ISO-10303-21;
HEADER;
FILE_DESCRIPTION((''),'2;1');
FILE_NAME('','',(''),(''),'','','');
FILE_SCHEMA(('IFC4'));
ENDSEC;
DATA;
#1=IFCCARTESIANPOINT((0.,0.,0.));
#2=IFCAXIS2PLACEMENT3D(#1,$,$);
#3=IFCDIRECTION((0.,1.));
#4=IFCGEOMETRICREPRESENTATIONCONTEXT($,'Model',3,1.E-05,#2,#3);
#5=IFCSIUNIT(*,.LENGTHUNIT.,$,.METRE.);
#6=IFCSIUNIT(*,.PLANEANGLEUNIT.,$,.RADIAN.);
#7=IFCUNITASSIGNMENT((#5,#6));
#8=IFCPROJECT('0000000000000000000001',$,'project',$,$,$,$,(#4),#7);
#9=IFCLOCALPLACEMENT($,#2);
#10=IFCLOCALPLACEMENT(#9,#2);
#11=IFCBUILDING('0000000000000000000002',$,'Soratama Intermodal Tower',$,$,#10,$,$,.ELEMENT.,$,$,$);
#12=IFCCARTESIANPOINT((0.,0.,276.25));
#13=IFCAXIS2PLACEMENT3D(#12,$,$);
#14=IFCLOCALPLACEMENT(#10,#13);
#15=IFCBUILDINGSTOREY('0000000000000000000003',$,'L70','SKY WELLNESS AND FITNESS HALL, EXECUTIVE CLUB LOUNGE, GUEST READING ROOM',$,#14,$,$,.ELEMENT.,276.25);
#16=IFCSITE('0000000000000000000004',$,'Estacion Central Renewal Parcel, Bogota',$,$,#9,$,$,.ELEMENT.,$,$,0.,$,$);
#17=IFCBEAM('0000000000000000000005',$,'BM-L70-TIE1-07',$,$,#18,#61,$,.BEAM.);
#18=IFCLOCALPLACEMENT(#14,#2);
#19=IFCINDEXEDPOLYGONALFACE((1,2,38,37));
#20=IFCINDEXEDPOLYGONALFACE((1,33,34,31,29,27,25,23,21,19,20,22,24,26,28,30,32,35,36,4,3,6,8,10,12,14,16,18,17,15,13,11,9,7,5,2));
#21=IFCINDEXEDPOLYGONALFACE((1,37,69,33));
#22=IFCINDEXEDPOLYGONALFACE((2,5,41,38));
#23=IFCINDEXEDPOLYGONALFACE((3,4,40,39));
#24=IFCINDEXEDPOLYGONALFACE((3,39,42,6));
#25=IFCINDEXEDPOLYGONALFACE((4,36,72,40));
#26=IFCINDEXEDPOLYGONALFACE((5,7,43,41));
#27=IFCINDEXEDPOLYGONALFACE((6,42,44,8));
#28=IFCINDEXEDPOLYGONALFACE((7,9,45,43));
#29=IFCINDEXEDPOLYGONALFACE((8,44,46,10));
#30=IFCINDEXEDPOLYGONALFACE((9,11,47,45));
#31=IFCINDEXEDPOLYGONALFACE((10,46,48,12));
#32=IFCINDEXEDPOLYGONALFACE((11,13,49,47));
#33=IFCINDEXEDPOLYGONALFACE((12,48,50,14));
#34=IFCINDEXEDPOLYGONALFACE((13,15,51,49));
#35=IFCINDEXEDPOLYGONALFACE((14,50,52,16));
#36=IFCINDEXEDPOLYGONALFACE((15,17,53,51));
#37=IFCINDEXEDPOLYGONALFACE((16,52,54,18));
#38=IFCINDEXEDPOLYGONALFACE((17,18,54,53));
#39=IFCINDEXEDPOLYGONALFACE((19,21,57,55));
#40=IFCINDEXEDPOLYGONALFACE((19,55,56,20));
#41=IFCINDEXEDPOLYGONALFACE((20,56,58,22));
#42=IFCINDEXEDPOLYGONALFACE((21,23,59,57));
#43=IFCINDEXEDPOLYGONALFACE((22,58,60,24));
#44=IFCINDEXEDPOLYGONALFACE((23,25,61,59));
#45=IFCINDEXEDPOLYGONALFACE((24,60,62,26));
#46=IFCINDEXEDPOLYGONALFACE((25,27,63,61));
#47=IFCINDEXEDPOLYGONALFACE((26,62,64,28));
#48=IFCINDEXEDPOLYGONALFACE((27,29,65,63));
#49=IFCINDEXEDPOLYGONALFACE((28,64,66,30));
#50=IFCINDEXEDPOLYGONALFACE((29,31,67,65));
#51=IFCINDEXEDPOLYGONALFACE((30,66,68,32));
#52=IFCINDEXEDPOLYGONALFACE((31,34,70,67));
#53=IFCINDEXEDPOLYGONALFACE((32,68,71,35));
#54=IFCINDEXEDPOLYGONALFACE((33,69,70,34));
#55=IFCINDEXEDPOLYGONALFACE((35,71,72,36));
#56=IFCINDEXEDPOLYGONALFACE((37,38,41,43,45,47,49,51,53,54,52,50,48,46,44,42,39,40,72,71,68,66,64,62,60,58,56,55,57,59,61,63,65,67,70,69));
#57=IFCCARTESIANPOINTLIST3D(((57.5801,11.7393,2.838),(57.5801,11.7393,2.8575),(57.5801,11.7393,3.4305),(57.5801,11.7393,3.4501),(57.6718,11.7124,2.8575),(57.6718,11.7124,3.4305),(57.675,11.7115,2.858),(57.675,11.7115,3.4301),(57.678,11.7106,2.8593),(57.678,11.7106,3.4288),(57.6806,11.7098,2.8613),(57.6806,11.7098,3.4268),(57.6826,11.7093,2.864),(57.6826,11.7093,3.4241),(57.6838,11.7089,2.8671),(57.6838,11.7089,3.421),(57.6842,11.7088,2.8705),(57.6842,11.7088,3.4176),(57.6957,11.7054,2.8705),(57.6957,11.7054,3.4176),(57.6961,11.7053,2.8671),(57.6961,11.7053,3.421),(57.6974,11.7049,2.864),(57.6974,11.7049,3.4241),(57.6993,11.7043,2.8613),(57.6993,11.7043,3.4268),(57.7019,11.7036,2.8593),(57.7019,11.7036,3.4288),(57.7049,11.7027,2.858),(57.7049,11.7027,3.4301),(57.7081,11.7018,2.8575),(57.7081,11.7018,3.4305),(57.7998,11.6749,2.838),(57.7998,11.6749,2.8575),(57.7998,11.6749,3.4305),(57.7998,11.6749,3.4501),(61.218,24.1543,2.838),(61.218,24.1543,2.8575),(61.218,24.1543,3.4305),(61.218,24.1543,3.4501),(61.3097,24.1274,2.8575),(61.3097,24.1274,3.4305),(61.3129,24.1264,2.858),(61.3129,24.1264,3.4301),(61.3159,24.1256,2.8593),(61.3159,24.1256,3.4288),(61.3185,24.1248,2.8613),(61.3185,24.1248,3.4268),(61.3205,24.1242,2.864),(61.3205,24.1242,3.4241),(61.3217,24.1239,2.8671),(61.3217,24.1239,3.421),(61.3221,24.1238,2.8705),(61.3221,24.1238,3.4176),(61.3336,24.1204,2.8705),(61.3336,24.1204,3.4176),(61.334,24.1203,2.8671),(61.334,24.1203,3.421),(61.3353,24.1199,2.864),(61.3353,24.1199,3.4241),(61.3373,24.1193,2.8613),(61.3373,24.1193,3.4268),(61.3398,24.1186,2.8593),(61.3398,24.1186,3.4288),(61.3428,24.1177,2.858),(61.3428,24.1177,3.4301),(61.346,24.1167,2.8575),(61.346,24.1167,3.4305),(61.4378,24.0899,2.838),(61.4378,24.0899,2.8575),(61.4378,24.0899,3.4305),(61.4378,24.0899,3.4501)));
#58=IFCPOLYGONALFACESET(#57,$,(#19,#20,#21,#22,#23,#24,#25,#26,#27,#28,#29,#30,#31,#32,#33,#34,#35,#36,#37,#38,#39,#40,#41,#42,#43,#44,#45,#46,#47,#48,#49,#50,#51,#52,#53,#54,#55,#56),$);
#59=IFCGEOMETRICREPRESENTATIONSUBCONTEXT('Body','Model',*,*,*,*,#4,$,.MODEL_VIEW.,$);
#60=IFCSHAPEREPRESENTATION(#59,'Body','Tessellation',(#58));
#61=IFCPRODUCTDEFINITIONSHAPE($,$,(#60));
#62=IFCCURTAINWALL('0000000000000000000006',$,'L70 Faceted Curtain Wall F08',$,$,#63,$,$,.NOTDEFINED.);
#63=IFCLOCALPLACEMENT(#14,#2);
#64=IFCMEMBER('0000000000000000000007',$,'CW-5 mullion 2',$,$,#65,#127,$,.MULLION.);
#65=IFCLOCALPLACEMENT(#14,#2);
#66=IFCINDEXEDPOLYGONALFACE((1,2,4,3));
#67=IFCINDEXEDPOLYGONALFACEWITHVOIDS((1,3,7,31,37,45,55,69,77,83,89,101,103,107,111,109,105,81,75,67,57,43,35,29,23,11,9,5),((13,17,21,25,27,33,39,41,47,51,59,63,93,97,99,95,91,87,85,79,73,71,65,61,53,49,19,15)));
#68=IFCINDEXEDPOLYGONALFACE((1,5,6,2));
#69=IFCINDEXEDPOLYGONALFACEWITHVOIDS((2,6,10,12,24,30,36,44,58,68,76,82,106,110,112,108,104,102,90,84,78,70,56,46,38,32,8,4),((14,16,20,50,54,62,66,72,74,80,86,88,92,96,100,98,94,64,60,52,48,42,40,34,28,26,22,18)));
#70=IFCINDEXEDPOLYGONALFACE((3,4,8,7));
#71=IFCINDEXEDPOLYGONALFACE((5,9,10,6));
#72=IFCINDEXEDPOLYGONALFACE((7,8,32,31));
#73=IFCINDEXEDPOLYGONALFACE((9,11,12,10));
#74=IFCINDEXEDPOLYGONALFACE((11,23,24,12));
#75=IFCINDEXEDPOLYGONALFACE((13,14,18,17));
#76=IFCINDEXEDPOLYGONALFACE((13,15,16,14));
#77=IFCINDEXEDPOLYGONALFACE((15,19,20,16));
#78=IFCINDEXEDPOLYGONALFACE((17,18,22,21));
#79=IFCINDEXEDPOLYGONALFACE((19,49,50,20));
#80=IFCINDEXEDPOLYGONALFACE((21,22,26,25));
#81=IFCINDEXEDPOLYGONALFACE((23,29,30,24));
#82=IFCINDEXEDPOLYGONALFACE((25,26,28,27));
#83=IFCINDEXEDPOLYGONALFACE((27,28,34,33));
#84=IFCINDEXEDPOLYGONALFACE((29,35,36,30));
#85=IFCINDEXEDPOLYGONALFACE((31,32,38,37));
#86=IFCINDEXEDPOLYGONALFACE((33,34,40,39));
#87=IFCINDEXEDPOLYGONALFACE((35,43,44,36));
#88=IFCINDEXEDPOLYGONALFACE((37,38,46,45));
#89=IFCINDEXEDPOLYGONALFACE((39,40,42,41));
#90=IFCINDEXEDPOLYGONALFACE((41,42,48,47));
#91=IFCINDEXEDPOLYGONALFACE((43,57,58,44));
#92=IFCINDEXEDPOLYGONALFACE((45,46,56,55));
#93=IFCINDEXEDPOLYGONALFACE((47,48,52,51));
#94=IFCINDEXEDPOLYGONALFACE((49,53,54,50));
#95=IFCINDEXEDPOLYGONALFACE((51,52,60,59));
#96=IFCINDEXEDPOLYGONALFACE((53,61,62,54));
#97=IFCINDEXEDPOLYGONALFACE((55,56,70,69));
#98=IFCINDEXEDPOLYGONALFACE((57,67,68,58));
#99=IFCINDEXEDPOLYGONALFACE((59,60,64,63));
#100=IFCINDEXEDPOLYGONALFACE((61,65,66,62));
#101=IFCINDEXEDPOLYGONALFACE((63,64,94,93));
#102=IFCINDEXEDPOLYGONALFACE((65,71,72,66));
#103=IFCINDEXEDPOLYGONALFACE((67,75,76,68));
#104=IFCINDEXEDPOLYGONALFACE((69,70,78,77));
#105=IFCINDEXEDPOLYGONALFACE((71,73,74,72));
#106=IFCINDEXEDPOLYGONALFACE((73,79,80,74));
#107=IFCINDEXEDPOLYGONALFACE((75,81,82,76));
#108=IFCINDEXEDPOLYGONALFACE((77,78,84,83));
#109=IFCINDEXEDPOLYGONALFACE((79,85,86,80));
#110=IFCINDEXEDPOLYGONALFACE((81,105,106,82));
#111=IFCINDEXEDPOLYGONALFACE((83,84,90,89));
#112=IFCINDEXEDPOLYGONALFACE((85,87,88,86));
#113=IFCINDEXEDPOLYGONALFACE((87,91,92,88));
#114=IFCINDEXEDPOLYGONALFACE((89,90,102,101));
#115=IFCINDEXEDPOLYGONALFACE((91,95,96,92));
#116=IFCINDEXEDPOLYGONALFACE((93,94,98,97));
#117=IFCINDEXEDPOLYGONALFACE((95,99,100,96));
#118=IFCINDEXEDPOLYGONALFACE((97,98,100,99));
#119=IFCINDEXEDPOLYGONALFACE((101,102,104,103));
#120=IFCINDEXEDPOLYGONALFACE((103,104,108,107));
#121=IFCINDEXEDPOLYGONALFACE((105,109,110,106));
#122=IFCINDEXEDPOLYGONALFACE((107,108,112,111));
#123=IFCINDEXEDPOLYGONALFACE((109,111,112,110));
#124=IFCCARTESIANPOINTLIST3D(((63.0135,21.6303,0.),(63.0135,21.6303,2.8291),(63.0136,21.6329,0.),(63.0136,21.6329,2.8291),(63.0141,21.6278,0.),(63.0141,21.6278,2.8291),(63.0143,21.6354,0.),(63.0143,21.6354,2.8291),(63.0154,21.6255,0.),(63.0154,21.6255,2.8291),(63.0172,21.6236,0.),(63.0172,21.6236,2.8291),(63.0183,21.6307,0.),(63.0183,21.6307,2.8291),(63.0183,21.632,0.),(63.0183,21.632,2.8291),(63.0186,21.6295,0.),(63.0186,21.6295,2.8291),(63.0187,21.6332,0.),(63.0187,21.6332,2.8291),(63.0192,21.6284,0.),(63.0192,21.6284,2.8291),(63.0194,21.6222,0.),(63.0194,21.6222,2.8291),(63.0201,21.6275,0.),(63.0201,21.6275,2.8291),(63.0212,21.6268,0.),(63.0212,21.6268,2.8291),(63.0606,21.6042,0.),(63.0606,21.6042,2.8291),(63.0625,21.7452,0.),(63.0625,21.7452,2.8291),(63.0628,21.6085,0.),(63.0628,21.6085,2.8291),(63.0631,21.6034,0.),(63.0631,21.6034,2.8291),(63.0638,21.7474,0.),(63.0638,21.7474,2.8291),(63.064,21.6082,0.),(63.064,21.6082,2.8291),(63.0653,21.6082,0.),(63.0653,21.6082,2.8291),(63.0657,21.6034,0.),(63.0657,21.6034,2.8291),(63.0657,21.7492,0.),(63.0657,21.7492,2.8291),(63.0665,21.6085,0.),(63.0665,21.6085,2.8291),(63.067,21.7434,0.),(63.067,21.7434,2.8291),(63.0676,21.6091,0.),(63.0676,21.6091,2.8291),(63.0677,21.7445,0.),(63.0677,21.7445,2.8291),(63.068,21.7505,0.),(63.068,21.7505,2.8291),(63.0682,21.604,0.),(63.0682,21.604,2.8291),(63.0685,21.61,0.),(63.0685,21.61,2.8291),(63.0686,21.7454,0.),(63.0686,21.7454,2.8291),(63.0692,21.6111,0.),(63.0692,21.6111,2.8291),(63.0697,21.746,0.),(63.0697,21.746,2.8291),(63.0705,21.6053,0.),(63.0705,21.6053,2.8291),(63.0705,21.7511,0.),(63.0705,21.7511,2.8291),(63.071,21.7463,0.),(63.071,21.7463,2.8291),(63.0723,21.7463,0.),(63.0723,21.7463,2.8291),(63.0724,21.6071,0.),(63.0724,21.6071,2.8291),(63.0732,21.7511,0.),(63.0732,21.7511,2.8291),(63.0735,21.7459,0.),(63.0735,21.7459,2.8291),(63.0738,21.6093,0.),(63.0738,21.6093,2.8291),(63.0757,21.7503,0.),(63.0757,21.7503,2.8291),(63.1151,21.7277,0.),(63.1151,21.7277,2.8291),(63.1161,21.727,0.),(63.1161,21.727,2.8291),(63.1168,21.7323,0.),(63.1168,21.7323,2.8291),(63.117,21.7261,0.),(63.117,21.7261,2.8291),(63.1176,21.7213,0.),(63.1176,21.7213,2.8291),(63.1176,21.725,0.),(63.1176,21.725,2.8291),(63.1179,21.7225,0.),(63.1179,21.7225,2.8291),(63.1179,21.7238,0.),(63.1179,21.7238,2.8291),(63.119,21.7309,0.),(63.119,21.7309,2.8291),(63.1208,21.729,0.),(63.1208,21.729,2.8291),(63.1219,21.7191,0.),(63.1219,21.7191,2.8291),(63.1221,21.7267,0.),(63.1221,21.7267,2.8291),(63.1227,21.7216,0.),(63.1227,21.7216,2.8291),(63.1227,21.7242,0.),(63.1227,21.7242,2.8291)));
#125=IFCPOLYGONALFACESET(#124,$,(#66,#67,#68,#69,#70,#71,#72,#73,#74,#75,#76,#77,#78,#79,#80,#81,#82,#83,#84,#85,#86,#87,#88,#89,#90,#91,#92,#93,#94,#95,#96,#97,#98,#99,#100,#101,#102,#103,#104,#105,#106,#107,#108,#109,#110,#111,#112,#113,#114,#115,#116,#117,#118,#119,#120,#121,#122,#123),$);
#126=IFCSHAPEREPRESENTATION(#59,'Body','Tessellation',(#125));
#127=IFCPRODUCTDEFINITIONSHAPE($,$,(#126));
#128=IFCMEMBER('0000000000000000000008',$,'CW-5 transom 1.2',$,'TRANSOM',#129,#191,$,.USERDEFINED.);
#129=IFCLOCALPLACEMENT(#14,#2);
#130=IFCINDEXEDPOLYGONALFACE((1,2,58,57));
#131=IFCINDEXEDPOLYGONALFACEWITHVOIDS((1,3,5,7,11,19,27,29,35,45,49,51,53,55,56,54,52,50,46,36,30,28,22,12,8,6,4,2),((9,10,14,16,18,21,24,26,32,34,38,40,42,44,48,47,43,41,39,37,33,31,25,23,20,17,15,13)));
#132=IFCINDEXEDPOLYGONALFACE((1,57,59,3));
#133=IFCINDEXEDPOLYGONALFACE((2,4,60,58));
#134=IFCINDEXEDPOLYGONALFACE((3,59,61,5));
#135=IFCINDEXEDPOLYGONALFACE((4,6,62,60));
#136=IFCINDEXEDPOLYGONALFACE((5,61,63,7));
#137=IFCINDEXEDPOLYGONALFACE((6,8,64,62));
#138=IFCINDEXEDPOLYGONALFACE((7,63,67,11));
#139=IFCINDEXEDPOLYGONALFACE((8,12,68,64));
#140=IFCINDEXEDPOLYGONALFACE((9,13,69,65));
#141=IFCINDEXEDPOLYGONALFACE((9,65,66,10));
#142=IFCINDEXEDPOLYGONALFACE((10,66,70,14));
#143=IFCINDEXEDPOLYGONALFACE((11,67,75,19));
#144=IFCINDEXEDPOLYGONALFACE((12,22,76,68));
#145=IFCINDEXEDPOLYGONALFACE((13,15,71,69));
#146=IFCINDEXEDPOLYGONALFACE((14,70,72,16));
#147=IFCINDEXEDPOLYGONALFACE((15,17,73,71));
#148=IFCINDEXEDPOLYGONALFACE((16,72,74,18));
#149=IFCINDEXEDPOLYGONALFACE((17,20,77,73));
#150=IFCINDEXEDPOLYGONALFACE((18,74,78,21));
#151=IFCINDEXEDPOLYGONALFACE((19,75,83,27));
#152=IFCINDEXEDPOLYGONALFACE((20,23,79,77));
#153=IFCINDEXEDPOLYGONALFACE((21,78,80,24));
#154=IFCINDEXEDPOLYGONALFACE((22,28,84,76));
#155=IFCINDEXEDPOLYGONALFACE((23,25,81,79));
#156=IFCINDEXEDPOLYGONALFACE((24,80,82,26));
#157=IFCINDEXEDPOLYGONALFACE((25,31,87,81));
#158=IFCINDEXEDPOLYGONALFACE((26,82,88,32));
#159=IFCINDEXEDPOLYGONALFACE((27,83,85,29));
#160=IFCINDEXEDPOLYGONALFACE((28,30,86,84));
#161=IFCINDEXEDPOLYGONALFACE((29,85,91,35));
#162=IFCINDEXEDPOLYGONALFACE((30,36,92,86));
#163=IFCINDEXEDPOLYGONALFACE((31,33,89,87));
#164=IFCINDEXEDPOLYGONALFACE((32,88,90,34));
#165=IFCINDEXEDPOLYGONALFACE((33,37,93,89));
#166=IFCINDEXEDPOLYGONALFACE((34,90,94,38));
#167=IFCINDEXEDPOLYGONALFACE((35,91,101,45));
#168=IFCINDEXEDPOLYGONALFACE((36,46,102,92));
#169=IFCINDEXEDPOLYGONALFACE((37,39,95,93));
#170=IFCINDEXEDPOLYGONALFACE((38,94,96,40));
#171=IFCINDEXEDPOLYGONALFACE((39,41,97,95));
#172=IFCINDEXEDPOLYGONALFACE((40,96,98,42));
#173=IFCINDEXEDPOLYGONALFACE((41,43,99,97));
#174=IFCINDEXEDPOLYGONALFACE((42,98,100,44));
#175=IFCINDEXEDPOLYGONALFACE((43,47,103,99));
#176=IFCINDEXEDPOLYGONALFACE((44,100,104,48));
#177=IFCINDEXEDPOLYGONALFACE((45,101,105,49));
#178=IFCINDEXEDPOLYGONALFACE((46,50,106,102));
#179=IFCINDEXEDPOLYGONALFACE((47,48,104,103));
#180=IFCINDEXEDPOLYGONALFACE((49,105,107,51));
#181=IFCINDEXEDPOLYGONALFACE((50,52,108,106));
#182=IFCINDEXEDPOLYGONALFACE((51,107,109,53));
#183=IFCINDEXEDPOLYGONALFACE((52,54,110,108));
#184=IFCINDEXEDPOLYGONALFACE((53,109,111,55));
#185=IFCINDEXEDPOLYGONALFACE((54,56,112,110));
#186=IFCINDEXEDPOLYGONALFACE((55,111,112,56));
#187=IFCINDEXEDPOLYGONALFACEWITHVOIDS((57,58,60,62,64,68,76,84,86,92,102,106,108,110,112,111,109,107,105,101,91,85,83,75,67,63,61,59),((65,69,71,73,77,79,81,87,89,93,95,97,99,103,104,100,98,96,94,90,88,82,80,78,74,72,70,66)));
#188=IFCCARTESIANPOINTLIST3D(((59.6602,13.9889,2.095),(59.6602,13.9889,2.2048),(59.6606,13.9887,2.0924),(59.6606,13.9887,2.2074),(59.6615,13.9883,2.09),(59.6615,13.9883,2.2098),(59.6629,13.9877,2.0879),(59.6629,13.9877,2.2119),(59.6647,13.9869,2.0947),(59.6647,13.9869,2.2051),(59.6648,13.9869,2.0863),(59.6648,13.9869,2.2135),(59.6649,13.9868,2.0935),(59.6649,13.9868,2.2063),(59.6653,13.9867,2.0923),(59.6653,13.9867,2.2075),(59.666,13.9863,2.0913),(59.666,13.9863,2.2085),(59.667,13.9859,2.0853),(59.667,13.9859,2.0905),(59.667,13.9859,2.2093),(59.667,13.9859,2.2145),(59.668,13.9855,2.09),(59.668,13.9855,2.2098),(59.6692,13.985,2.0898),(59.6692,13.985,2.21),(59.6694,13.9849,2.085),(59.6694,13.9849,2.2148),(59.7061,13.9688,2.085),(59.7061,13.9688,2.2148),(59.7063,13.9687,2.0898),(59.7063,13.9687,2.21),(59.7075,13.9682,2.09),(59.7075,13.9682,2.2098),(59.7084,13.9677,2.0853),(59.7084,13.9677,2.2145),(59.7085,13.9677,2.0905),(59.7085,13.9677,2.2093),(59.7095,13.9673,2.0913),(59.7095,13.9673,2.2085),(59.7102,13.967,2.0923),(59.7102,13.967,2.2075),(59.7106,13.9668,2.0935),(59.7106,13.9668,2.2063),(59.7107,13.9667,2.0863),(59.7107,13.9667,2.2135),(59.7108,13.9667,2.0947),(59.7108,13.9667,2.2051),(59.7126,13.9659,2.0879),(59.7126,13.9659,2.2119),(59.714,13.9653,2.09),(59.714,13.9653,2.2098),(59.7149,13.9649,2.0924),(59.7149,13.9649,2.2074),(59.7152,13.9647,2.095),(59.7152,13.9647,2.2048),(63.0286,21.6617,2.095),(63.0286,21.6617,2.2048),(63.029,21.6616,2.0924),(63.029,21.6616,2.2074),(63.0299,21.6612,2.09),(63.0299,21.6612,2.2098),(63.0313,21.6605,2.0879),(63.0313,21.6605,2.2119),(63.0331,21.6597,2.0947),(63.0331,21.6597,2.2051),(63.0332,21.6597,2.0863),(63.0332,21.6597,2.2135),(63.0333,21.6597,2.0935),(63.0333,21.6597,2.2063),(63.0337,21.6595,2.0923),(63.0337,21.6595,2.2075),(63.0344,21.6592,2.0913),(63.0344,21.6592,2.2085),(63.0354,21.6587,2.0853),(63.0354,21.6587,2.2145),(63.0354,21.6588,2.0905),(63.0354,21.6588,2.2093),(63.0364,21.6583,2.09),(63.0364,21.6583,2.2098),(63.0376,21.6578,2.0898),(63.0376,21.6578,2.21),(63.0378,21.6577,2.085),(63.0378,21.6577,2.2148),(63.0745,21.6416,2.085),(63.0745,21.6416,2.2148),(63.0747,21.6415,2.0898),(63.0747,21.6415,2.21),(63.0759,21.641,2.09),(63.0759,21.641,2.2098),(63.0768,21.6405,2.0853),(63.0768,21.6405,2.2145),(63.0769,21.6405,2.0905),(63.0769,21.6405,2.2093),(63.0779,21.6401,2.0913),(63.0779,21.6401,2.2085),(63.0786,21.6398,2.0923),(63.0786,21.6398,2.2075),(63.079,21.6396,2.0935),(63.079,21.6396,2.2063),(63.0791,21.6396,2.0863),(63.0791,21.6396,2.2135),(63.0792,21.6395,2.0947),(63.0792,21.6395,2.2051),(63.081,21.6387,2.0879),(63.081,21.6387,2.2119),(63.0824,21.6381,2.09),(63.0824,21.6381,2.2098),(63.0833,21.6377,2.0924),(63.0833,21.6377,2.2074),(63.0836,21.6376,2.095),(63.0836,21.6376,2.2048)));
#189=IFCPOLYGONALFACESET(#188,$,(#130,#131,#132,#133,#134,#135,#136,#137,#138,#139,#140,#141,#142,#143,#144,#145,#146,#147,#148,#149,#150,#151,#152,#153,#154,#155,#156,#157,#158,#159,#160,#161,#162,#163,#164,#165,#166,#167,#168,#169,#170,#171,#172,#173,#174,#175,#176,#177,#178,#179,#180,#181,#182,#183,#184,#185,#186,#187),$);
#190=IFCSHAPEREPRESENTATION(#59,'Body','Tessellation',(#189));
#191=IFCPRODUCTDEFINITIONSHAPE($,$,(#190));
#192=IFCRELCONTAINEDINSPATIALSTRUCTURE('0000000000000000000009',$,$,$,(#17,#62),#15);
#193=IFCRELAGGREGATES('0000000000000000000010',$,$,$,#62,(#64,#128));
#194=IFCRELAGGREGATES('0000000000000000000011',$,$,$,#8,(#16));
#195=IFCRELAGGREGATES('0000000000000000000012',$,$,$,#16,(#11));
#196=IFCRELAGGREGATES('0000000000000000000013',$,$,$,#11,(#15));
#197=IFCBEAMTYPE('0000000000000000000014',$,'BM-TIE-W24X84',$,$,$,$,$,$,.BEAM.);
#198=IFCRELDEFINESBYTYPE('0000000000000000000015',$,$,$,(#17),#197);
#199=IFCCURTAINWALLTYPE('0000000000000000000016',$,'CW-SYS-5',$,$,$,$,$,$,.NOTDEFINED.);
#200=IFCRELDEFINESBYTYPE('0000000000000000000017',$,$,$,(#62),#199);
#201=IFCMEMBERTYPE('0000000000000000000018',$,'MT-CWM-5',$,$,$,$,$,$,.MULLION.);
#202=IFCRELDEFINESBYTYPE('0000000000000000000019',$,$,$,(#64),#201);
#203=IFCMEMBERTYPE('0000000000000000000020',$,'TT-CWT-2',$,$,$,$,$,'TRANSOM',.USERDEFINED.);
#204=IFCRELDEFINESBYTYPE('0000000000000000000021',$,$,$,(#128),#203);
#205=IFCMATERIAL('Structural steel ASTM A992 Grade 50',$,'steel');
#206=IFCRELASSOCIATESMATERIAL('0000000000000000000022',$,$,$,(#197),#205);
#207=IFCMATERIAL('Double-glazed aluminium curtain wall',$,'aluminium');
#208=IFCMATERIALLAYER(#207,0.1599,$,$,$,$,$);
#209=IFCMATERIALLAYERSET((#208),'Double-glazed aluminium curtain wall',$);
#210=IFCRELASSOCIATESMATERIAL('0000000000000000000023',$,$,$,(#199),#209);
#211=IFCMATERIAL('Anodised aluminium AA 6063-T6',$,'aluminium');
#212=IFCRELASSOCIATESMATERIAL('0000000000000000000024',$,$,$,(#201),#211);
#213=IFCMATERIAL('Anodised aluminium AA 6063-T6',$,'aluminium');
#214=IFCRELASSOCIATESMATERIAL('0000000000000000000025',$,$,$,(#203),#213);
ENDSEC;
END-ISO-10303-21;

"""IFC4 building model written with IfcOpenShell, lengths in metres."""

from ifc_helpers import new_model, si_unit, direction, frame, origin, origin_2d, place, context, subcontext, project, spatial, hollow_rectangle, i_section, extrude, material, layer, layer_set, material_profile, profile_set, type_object, element, aggregate, save


model = new_model("IFC4")

# Units and contexts
model_context = context("Model", 3, precision=1e-05, world=origin(), true_north=direction((0.0, 1.0)))
body_context = subcontext(model_context, "Body", "Model", "MODEL_VIEW")
ifc_project = project(units=[si_unit("LENGTHUNIT", "METRE"), si_unit("PLANEANGLEUNIT", "RADIAN")], contexts=[model_context])

# Site, building, storey
site_placement = place(None, origin())
site = spatial("IfcSite", under=ifc_project, at=site_placement, Name="Estacion Central Renewal Parcel, Bogota", CompositionType="ELEMENT", RefElevation=0.0)
building_placement = place(site_placement, origin())
building = spatial("IfcBuilding", under=site, at=building_placement, Name="Soratama Intermodal Tower", CompositionType="ELEMENT")
storey_placement = place(building_placement, frame((0.0, 0.0, 276.25)))
storey = spatial("IfcBuildingStorey", under=building, at=storey_placement, Name="L70", Description="SKY WELLNESS AND FITNESS HALL, EXECUTIVE CLUB LOUNGE, GUEST READING ROOM", CompositionType="ELEMENT", Elevation=276.25)

# Beam
ifc_material_1 = material(Name="Structural steel ASTM A992 Grade 50", Category="steel")
ifc_material_profile_1 = material_profile(ifc_material_1, i_section(OverallWidth=0.229, OverallDepth=0.6121, WebThickness=0.012, FlangeThickness=0.0195, FilletRadius=0.0129, at=origin_2d()), Name="W24X84")
ifc_profile_set_1 = profile_set([ifc_material_profile_1], Name="Structural steel ASTM A992 Grade 50")
beam_type_1 = type_object("IfcBeamType", Name="BM-TIE-W24X84", PredefinedType="BEAM", material=ifc_profile_set_1)
beam_1_placement = place(storey_placement, frame((61.3279, 24.1221, 3.144), z_axis=(-0.281203, -0.959648, 0.0), x_axis=(0.959648, -0.281203, 0.0)))
element("IfcBeam", 1, at=beam_1_placement, inside=storey, type_object=beam_type_1, Name="BM-L70-TIE1-07", PredefinedType="BEAM", context=body_context, shape_type="SweptSolid", body=[
    extrude(i_section(OverallWidth=0.229, OverallDepth=0.6121, WebThickness=0.012, FlangeThickness=0.0195, FilletRadius=0.0129, at=origin_2d()), origin(), (0.0, 0.0, 1.0), 12.937),
])

# Curtain wall, members
ifc_material_2 = material(Name="Double-glazed aluminium curtain wall", Category="aluminium")
ifc_layer_1 = layer(ifc_material_2, 0.1599)
ifc_layer_set_1 = layer_set([ifc_layer_1], Name="Double-glazed aluminium curtain wall")
curtain_wall_type = type_object("IfcCurtainWallType", Name="CW-SYS-5", PredefinedType="NOTDEFINED", material=ifc_layer_set_1)
curtain_wall_placement = place(storey_placement, origin())
curtain_wall = element("IfcCurtainWall", 2, at=curtain_wall_placement, inside=storey, type_object=curtain_wall_type, Name="L70 Faceted Curtain Wall F08", PredefinedType="NOTDEFINED")
ifc_material_3 = material(Name="Anodised aluminium AA 6063-T6", Category="aluminium")
ifc_material_profile_2 = material_profile(ifc_material_3, hollow_rectangle(XDim=0.0649, YDim=0.1399, WallThickness=0.0049, InnerFilletRadius=0.0049, OuterFilletRadius=0.01, at=origin_2d()), Name="CWM140X65X5")
ifc_profile_set_2 = profile_set([ifc_material_profile_2], Name="Anodised aluminium AA 6063-T6")
member_type_1 = type_object("IfcMemberType", Name="MT-CWM-5", PredefinedType="MULLION", material=ifc_profile_set_2)
member_1_placement = place(storey_placement, frame((63.0681, 21.6772, 0.0), z_axis=(0.0, 0.0, 1.0), x_axis=(-0.915661, 0.401952, 0.0)))
member_1 = element("IfcMember", 3, at=member_1_placement, type_object=member_type_1, Name="CW-5 mullion 2", PredefinedType="MULLION", context=body_context, shape_type="SweptSolid", body=[
    extrude(hollow_rectangle(XDim=0.0649, YDim=0.1399, WallThickness=0.0049, InnerFilletRadius=0.0049, OuterFilletRadius=0.01, at=origin_2d()), origin(), (0.0, 0.0, 1.0), 2.8291),
])
ifc_material_4 = material(Name="Anodised aluminium AA 6063-T6", Category="aluminium")
ifc_material_profile_3 = material_profile(ifc_material_4, hollow_rectangle(XDim=0.0601, YDim=0.1299, WallThickness=0.0049, InnerFilletRadius=0.0049, OuterFilletRadius=0.01, at=origin_2d()), Name="CWT130X60X5")
ifc_profile_set_3 = profile_set([ifc_material_profile_3], Name="Anodised aluminium AA 6063-T6")
member_type_2 = type_object("IfcMemberType", Name="TT-CWT-2", ElementType="TRANSOM", PredefinedType="USERDEFINED", material=ifc_profile_set_3)
member_2_placement = place(storey_placement, frame((59.6877, 13.9768, 2.1499), z_axis=(0.401974, 0.915651, 0.0), x_axis=(-0.915651, 0.401974, 0.0)))
member_2 = element("IfcMember", 4, at=member_2_placement, type_object=member_type_2, Name="CW-5 transom 1.2", ObjectType="TRANSOM", PredefinedType="USERDEFINED", context=body_context, shape_type="SweptSolid", body=[
    extrude(hollow_rectangle(XDim=0.0601, YDim=0.1299, WallThickness=0.0049, InnerFilletRadius=0.0049, OuterFilletRadius=0.01, at=origin_2d()), origin(), (0.0, 0.0, 1.0), 8.3796),
])
aggregate(curtain_wall, [member_1, member_2])

save(model, "model.ifc")
